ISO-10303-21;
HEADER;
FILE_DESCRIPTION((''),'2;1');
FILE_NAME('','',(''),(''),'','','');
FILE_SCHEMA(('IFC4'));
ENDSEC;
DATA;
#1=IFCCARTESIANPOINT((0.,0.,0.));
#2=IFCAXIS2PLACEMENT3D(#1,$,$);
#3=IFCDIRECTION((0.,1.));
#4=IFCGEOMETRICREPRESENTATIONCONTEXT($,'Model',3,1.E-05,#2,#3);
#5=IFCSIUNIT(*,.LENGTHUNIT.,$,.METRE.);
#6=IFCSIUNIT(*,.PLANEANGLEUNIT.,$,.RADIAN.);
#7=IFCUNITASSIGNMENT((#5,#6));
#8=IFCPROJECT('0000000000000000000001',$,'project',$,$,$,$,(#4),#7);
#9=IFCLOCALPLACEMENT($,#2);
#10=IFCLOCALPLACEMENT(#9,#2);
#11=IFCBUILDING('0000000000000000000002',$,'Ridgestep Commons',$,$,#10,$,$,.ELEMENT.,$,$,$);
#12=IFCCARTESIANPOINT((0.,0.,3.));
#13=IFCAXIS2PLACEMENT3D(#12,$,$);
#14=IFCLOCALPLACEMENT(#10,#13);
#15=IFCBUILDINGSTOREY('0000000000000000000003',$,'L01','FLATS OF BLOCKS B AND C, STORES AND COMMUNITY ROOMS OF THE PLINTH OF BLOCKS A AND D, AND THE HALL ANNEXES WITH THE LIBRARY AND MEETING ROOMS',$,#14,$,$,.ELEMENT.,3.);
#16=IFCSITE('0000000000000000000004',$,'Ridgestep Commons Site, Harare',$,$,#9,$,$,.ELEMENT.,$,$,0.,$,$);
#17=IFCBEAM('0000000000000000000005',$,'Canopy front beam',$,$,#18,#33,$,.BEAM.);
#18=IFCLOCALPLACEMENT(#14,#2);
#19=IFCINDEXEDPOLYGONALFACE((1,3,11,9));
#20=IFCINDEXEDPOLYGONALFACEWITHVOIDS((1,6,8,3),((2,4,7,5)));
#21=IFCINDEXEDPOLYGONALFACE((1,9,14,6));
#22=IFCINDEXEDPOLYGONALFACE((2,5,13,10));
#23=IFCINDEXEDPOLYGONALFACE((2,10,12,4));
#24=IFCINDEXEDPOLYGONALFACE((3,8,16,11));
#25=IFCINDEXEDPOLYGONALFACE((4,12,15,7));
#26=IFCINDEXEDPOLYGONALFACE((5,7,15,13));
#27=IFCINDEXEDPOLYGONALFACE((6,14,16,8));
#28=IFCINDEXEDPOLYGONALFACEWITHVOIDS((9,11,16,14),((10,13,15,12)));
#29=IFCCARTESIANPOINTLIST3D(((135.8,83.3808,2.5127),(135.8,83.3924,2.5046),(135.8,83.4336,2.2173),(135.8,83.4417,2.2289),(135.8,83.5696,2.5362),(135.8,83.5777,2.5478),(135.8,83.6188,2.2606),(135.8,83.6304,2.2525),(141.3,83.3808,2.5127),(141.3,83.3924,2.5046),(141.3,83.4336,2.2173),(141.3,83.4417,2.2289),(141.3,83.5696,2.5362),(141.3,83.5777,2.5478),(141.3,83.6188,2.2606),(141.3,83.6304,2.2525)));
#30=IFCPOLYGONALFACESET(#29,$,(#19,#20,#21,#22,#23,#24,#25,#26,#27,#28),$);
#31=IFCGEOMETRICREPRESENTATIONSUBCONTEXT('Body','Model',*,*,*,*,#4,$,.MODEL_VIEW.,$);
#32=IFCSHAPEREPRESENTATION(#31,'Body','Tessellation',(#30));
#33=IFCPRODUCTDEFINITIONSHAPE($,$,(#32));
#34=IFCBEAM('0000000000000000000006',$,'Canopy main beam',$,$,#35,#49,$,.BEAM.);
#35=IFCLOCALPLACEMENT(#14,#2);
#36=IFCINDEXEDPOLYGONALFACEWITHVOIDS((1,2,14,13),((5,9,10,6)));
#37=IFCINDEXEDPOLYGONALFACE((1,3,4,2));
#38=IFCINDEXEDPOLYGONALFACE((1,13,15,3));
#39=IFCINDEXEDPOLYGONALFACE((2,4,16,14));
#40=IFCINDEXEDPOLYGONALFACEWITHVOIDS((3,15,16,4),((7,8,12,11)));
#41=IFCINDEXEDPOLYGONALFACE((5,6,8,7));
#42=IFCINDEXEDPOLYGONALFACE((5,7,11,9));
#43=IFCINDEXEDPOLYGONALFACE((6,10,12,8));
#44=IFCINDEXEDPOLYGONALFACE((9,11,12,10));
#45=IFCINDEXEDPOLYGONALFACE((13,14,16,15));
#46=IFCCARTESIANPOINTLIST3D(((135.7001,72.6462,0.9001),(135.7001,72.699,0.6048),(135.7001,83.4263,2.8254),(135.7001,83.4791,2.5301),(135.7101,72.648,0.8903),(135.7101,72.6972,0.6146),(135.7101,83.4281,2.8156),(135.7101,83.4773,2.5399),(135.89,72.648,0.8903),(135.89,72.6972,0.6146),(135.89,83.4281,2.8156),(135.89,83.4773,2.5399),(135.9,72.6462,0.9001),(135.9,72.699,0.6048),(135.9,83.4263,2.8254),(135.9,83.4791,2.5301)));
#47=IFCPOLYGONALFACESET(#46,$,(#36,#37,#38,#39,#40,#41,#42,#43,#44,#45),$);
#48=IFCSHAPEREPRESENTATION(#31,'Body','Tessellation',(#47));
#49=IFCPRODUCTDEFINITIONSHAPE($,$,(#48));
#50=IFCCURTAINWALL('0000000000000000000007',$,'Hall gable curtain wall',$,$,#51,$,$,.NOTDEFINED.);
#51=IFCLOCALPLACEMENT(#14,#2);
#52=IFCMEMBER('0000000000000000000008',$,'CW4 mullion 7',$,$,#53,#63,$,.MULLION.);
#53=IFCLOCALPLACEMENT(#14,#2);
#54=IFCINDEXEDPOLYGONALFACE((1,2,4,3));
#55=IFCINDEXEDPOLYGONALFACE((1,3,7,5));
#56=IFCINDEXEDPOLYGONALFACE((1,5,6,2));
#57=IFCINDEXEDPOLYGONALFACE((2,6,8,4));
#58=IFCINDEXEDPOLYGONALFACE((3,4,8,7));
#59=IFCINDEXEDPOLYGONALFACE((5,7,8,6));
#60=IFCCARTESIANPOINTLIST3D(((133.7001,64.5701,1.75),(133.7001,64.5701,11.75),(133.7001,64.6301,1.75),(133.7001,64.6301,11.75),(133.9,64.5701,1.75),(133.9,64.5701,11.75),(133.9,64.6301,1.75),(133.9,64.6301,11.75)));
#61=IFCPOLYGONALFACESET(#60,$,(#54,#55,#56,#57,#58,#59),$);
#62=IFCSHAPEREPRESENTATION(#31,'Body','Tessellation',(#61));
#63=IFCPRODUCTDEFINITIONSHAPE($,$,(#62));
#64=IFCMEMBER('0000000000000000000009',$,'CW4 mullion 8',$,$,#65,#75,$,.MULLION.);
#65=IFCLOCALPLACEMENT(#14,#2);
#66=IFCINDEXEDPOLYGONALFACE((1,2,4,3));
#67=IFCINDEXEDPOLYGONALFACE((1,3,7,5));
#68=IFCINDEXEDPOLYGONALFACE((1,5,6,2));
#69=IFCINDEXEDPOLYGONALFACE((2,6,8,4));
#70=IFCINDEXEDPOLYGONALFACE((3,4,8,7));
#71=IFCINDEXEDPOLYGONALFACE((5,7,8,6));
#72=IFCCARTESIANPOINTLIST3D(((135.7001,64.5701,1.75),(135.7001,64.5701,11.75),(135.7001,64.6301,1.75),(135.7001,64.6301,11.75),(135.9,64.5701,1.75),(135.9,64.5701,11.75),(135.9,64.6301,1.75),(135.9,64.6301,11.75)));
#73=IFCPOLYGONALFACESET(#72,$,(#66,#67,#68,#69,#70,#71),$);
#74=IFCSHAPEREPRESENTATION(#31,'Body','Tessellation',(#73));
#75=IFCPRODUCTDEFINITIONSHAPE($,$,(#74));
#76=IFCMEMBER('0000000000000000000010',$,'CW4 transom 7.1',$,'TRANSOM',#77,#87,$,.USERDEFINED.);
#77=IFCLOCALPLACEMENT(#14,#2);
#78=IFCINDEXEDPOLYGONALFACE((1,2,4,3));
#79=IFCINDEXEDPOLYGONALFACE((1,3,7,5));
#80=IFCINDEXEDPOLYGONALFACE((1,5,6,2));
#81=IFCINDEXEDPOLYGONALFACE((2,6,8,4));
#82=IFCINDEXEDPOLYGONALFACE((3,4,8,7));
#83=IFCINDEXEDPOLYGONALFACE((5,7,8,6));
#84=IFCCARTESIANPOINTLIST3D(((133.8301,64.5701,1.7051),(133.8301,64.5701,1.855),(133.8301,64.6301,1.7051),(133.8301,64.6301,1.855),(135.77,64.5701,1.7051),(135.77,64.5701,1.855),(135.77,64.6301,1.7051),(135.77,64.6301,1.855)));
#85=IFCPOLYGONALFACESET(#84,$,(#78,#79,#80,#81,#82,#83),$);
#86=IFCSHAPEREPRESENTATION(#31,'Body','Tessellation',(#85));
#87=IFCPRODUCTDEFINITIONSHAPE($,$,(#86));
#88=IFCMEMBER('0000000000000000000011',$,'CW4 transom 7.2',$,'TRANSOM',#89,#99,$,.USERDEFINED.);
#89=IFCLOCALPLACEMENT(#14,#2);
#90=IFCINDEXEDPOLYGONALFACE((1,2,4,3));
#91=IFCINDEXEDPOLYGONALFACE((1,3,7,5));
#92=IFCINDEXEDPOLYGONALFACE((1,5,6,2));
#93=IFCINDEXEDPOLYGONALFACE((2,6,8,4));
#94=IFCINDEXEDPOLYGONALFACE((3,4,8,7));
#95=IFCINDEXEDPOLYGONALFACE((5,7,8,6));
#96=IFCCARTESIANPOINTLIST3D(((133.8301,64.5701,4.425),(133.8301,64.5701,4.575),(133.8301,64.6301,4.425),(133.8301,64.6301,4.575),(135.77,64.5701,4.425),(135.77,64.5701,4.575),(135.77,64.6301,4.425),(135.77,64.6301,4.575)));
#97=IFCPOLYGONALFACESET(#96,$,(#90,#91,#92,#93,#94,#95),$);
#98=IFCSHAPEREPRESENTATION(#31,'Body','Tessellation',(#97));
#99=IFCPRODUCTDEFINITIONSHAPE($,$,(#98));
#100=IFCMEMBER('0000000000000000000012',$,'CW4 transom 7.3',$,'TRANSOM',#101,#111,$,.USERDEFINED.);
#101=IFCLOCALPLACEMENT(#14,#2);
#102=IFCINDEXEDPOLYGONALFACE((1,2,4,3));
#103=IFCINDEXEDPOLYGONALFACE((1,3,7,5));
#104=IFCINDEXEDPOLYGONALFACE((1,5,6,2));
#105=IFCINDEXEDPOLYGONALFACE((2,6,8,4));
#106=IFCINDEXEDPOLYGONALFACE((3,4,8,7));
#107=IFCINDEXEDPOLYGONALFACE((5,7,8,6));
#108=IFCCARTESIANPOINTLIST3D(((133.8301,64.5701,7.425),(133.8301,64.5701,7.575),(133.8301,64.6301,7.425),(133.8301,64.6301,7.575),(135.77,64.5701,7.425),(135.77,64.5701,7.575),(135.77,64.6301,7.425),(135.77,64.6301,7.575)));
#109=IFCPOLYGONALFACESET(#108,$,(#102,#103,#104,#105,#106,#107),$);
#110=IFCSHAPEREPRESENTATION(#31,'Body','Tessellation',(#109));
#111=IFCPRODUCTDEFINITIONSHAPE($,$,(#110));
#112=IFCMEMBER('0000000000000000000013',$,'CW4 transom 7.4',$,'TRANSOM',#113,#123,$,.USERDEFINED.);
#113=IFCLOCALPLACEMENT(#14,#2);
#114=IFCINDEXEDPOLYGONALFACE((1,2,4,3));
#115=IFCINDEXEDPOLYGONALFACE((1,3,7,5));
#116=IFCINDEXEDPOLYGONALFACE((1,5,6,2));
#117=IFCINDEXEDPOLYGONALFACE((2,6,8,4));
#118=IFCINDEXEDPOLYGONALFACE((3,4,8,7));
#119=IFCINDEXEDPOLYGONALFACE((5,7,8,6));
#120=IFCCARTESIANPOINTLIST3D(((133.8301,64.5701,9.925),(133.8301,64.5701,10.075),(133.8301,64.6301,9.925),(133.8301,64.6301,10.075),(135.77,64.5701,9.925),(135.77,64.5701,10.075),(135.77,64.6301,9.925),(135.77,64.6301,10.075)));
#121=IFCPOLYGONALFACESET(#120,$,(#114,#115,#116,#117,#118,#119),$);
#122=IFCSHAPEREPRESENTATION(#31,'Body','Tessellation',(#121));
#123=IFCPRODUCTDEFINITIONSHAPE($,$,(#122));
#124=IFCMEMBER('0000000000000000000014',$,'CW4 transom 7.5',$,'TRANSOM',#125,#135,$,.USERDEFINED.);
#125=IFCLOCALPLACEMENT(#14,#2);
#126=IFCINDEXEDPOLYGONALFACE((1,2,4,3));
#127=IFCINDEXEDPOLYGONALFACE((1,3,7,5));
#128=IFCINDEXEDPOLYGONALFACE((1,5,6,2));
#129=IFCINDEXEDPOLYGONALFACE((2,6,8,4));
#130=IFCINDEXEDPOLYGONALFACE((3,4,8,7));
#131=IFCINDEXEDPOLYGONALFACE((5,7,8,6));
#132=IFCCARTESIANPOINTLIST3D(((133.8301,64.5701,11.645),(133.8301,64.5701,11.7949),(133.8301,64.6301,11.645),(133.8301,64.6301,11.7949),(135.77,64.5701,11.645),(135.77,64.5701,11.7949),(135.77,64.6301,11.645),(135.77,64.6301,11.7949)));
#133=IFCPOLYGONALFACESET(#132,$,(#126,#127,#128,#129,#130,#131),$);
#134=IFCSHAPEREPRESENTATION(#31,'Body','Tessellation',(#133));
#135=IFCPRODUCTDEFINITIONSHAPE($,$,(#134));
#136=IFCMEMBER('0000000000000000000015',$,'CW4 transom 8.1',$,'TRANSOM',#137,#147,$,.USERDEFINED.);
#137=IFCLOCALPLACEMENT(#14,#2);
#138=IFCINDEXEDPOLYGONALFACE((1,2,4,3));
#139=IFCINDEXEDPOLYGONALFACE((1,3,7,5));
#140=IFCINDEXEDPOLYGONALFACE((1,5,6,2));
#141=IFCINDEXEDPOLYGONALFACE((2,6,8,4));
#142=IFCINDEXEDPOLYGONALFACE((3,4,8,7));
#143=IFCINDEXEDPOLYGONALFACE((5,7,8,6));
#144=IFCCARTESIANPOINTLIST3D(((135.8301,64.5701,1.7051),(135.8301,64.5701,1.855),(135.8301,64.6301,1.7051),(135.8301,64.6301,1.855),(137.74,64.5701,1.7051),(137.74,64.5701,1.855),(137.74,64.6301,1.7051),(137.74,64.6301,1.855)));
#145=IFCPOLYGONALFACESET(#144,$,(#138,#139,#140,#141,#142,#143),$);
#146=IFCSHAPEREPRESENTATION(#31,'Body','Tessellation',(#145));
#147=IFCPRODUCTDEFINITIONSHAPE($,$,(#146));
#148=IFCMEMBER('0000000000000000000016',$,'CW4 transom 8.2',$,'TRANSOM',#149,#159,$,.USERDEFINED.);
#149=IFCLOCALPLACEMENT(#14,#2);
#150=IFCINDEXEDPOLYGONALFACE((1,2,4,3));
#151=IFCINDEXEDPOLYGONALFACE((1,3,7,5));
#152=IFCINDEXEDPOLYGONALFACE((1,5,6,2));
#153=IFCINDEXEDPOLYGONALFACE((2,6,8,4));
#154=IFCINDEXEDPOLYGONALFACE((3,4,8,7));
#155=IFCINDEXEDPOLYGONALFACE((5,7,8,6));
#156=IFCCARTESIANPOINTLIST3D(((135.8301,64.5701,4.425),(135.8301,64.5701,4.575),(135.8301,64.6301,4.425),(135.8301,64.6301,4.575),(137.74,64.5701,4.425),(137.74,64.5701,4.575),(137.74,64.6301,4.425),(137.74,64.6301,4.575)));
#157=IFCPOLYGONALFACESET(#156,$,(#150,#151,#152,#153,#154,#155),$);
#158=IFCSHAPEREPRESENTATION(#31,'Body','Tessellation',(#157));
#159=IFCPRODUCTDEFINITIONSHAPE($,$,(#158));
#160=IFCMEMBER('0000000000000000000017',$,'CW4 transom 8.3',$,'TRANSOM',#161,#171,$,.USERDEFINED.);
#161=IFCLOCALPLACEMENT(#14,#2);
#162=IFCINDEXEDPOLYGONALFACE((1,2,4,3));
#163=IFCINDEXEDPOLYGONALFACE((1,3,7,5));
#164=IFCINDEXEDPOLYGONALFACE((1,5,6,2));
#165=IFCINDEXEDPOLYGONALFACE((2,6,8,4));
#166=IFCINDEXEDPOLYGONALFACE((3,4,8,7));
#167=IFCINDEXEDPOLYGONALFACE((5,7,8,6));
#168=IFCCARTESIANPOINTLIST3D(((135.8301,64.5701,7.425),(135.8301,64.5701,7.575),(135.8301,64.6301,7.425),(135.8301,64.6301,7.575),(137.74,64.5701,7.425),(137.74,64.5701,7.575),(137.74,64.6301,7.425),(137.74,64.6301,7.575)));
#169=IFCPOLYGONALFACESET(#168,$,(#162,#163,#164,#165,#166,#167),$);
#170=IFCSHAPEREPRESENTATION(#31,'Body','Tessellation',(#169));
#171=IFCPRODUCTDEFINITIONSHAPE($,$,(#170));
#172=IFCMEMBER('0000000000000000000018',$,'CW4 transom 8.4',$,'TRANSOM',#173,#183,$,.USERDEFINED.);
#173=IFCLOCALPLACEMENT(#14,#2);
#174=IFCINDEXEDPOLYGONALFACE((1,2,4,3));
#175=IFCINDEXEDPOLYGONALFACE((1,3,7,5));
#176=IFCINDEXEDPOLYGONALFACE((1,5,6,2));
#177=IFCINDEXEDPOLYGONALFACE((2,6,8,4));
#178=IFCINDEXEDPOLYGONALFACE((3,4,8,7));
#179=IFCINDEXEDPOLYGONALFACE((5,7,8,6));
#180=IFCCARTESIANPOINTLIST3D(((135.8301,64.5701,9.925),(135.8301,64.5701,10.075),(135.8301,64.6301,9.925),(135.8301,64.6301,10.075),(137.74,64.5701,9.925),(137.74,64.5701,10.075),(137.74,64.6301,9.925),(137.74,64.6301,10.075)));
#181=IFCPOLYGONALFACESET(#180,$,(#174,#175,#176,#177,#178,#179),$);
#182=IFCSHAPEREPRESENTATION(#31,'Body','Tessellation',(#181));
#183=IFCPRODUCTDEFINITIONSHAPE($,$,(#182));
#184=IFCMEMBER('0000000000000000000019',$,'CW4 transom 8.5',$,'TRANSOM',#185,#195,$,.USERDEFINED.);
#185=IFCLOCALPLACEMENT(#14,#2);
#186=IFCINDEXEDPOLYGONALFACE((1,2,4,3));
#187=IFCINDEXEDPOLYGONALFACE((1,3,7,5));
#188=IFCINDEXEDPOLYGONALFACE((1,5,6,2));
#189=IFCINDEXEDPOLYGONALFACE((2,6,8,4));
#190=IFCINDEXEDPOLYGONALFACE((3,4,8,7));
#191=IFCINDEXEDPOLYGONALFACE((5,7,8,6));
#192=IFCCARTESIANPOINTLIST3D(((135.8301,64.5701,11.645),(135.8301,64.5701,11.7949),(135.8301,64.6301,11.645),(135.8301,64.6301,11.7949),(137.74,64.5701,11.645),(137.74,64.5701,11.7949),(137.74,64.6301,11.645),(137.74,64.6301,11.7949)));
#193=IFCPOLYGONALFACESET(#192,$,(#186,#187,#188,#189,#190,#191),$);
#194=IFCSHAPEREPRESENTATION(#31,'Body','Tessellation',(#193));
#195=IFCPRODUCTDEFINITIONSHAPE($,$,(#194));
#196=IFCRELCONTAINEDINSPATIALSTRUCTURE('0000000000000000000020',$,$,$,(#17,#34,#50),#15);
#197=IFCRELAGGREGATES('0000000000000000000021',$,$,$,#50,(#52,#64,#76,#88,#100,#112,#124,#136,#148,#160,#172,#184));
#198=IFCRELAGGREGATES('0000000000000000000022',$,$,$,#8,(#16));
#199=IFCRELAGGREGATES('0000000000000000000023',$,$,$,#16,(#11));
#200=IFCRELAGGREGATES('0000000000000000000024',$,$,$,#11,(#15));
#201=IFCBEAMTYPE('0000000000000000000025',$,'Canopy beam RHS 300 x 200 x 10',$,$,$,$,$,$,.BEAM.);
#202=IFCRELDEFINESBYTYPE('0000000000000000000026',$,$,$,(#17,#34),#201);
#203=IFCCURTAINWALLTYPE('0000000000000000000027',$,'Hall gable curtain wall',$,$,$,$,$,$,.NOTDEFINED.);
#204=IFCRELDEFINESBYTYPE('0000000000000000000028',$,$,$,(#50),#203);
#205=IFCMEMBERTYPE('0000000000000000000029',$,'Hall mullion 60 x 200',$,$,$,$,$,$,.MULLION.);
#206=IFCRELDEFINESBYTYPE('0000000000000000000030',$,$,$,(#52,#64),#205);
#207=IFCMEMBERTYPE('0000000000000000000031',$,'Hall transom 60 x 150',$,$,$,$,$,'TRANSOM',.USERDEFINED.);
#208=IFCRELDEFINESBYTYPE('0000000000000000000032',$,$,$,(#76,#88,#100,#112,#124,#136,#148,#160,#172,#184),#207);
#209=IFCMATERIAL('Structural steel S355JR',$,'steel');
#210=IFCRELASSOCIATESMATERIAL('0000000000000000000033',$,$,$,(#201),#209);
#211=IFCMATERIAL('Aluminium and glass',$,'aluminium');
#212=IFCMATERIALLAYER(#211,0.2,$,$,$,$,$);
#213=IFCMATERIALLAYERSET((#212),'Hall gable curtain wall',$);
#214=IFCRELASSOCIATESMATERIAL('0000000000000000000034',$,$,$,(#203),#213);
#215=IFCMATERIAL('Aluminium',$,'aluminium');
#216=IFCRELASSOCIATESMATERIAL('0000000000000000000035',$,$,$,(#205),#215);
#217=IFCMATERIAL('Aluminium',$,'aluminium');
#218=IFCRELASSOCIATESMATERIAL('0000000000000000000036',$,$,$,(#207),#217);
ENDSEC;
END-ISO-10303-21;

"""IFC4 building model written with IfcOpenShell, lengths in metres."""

from ifc_helpers import new_model, si_unit, direction, frame, origin, origin_2d, place, context, subcontext, project, spatial, rectangle, hollow_rectangle, extrude, material, layer, layer_set, material_profile, profile_set, type_object, element, aggregate, save


model = new_model("IFC4")

# Units and contexts
model_context = context("Model", 3, precision=1e-05, world=origin(), true_north=direction((0.0, 1.0)))
body_context = subcontext(model_context, "Body", "Model", "MODEL_VIEW")
ifc_project = project(units=[si_unit("LENGTHUNIT", "METRE"), si_unit("PLANEANGLEUNIT", "RADIAN")], contexts=[model_context])

# Site, building, storey
site_placement = place(None, origin())
site = spatial("IfcSite", under=ifc_project, at=site_placement, Name="Ridgestep Commons Site, Harare", CompositionType="ELEMENT", RefElevation=0.0)
building_placement = place(site_placement, origin())
building = spatial("IfcBuilding", under=site, at=building_placement, Name="Ridgestep Commons", CompositionType="ELEMENT")
storey_placement = place(building_placement, frame((0.0, 0.0, 3.0)))
storey = spatial("IfcBuildingStorey", under=building, at=storey_placement, Name="L01", Description="FLATS OF BLOCKS B AND C, STORES AND COMMUNITY ROOMS OF THE PLINTH OF BLOCKS A AND D, AND THE HALL ANNEXES WITH THE LIBRARY AND MEETING ROOMS", CompositionType="ELEMENT", Elevation=3.0)

# Beams
ifc_material_1 = material(Name="Structural steel S355JR", Category="steel")
ifc_material_profile_1 = material_profile(ifc_material_1, hollow_rectangle(XDim=0.2, YDim=0.3, WallThickness=0.01, at=origin_2d()), Name="RHS 300x200x10")
ifc_profile_set_1 = profile_set([ifc_material_profile_1], Name="Structural steel S355JR")
beam_type = type_object("IfcBeamType", Name="Canopy beam RHS 300 x 200 x 10", PredefinedType="BEAM", material=ifc_profile_set_1)
beam_1_placement = place(storey_placement, frame((135.8, 83.5056, 2.3826), z_axis=(1.0, 0.0, 0.0), x_axis=(0.0, 0.984423, 0.175818)))
element("IfcBeam", 1, at=beam_1_placement, inside=storey, type_object=beam_type, Name="Canopy front beam", PredefinedType="BEAM", context=body_context, shape_type="SweptSolid", body=[
    extrude(hollow_rectangle(XDim=0.2, YDim=0.3, WallThickness=0.01, at=origin_2d()), origin(), (0.0, 0.0, 1.0), 5.5),
])
beam_2_placement = place(storey_placement, frame((135.8, 72.6726, 0.7524), z_axis=(0.0, 0.984423, 0.175816), x_axis=(-1.0, 0.0, 0.0)))
element("IfcBeam", 2, at=beam_2_placement, inside=storey, type_object=beam_type, Name="Canopy main beam", PredefinedType="BEAM", context=body_context, shape_type="SweptSolid", body=[
    extrude(hollow_rectangle(XDim=0.2, YDim=0.3, WallThickness=0.01, at=origin_2d()), origin(), (0.0, 0.0, 1.0), 10.9507),
])

# Curtain wall, members
ifc_material_2 = material(Name="Aluminium and glass", Category="aluminium")
ifc_layer_1 = layer(ifc_material_2, 0.2)
ifc_layer_set_1 = layer_set([ifc_layer_1], Name="Hall gable curtain wall")
curtain_wall_type = type_object("IfcCurtainWallType", Name="Hall gable curtain wall", PredefinedType="NOTDEFINED", material=ifc_layer_set_1)
curtain_wall_placement = place(storey_placement, origin())
curtain_wall = element("IfcCurtainWall", 3, at=curtain_wall_placement, inside=storey, type_object=curtain_wall_type, Name="Hall gable curtain wall", PredefinedType="NOTDEFINED")
ifc_material_3 = material(Name="Aluminium", Category="aluminium")
ifc_material_profile_2 = material_profile(ifc_material_3, rectangle(XDim=0.0601, YDim=0.2, at=origin_2d()), Name="Hall mullion 60 x 200")
ifc_profile_set_2 = profile_set([ifc_material_profile_2], Name="Aluminium")
member_type_1 = type_object("IfcMemberType", Name="Hall mullion 60 x 200", PredefinedType="MULLION", material=ifc_profile_set_2)
member_1_placement = place(storey_placement, frame((133.8, 64.6001, 1.75), z_axis=(0.0, 0.0, 1.0), x_axis=(0.0, 1.0, 0.0)))
member_1 = element("IfcMember", 4, at=member_1_placement, type_object=member_type_1, Name="CW4 mullion 7", PredefinedType="MULLION", context=body_context, shape_type="SweptSolid", body=[
    extrude(rectangle(XDim=0.0601, YDim=0.2, at=origin_2d()), origin(), (0.0, 0.0, 1.0), 10.0),
])
member_2_placement = place(storey_placement, frame((135.8, 64.6001, 1.75), z_axis=(0.0, 0.0, 1.0), x_axis=(0.0, 1.0, 0.0)))
member_2 = element("IfcMember", 5, at=member_2_placement, type_object=member_type_1, Name="CW4 mullion 8", PredefinedType="MULLION", context=body_context, shape_type="SweptSolid", body=[
    extrude(rectangle(XDim=0.0601, YDim=0.2, at=origin_2d()), origin(), (0.0, 0.0, 1.0), 10.0),
])
ifc_material_4 = material(Name="Aluminium", Category="aluminium")
ifc_material_profile_3 = material_profile(ifc_material_4, rectangle(XDim=0.0601, YDim=0.1499, at=origin_2d()), Name="Hall transom 60 x 150")
ifc_profile_set_3 = profile_set([ifc_material_profile_3], Name="Aluminium")
member_type_2 = type_object("IfcMemberType", Name="Hall transom 60 x 150", ElementType="TRANSOM", PredefinedType="USERDEFINED", material=ifc_profile_set_3)
member_3_placement = place(storey_placement, frame((133.8301, 64.6001, 1.78), z_axis=(1.0, 0.0, 0.0), x_axis=(0.0, 1.0, 0.0)))
member_3 = element("IfcMember", 6, at=member_3_placement, type_object=member_type_2, Name="CW4 transom 7.1", ObjectType="TRANSOM", PredefinedType="USERDEFINED", context=body_context, shape_type="SweptSolid", body=[
    extrude(rectangle(XDim=0.0601, YDim=0.1499, at=origin_2d()), origin(), (0.0, 0.0, 1.0), 1.9399),
])
member_4_placement = place(storey_placement, frame((133.8301, 64.6001, 4.5), z_axis=(1.0, 0.0, 0.0), x_axis=(0.0, 1.0, 0.0)))
member_4 = element("IfcMember", 7, at=member_4_placement, type_object=member_type_2, Name="CW4 transom 7.2", ObjectType="TRANSOM", PredefinedType="USERDEFINED", context=body_context, shape_type="SweptSolid", body=[
    extrude(rectangle(XDim=0.0601, YDim=0.1499, at=origin_2d()), origin(), (0.0, 0.0, 1.0), 1.9399),
])
member_5_placement = place(storey_placement, frame((133.8301, 64.6001, 7.5), z_axis=(1.0, 0.0, 0.0), x_axis=(0.0, 1.0, 0.0)))
member_5 = element("IfcMember", 8, at=member_5_placement, type_object=member_type_2, Name="CW4 transom 7.3", ObjectType="TRANSOM", PredefinedType="USERDEFINED", context=body_context, shape_type="SweptSolid", body=[
    extrude(rectangle(XDim=0.0601, YDim=0.1499, at=origin_2d()), origin(), (0.0, 0.0, 1.0), 1.9399),
])
member_6_placement = place(storey_placement, frame((133.8301, 64.6001, 10.0), z_axis=(1.0, 0.0, 0.0), x_axis=(0.0, 1.0, 0.0)))
member_6 = element("IfcMember", 9, at=member_6_placement, type_object=member_type_2, Name="CW4 transom 7.4", ObjectType="TRANSOM", PredefinedType="USERDEFINED", context=body_context, shape_type="SweptSolid", body=[
    extrude(rectangle(XDim=0.0601, YDim=0.1499, at=origin_2d()), origin(), (0.0, 0.0, 1.0), 1.9399),
])
member_7_placement = place(storey_placement, frame((133.8301, 64.6001, 11.72), z_axis=(1.0, 0.0, 0.0), x_axis=(0.0, 1.0, 0.0)))
member_7 = element("IfcMember", 10, at=member_7_placement, type_object=member_type_2, Name="CW4 transom 7.5", ObjectType="TRANSOM", PredefinedType="USERDEFINED", context=body_context, shape_type="SweptSolid", body=[
    extrude(rectangle(XDim=0.0601, YDim=0.1499, at=origin_2d()), origin(), (0.0, 0.0, 1.0), 1.9399),
])
member_8_placement = place(storey_placement, frame((135.8301, 64.6001, 1.78), z_axis=(1.0, 0.0, 0.0), x_axis=(0.0, 1.0, 0.0)))
member_8 = element("IfcMember", 11, at=member_8_placement, type_object=member_type_2, Name="CW4 transom 8.1", ObjectType="TRANSOM", PredefinedType="USERDEFINED", context=body_context, shape_type="SweptSolid", body=[
    extrude(rectangle(XDim=0.0601, YDim=0.1499, at=origin_2d()), origin(), (0.0, 0.0, 1.0), 1.9099),
])
member_9_placement = place(storey_placement, frame((135.8301, 64.6001, 4.5), z_axis=(1.0, 0.0, 0.0), x_axis=(0.0, 1.0, 0.0)))
member_9 = element("IfcMember", 12, at=member_9_placement, type_object=member_type_2, Name="CW4 transom 8.2", ObjectType="TRANSOM", PredefinedType="USERDEFINED", context=body_context, shape_type="SweptSolid", body=[
    extrude(rectangle(XDim=0.0601, YDim=0.1499, at=origin_2d()), origin(), (0.0, 0.0, 1.0), 1.9099),
])
member_10_placement = place(storey_placement, frame((135.8301, 64.6001, 7.5), z_axis=(1.0, 0.0, 0.0), x_axis=(0.0, 1.0, 0.0)))
member_10 = element("IfcMember", 13, at=member_10_placement, type_object=member_type_2, Name="CW4 transom 8.3", ObjectType="TRANSOM", PredefinedType="USERDEFINED", context=body_context, shape_type="SweptSolid", body=[
    extrude(rectangle(XDim=0.0601, YDim=0.1499, at=origin_2d()), origin(), (0.0, 0.0, 1.0), 1.9099),
])
member_11_placement = place(storey_placement, frame((135.8301, 64.6001, 10.0), z_axis=(1.0, 0.0, 0.0), x_axis=(0.0, 1.0, 0.0)))
member_11 = element("IfcMember", 14, at=member_11_placement, type_object=member_type_2, Name="CW4 transom 8.4", ObjectType="TRANSOM", PredefinedType="USERDEFINED", context=body_context, shape_type="SweptSolid", body=[
    extrude(rectangle(XDim=0.0601, YDim=0.1499, at=origin_2d()), origin(), (0.0, 0.0, 1.0), 1.9099),
])
member_12_placement = place(storey_placement, frame((135.8301, 64.6001, 11.72), z_axis=(1.0, 0.0, 0.0), x_axis=(0.0, 1.0, 0.0)))
member_12 = element("IfcMember", 15, at=member_12_placement, type_object=member_type_2, Name="CW4 transom 8.5", ObjectType="TRANSOM", PredefinedType="USERDEFINED", context=body_context, shape_type="SweptSolid", body=[
    extrude(rectangle(XDim=0.0601, YDim=0.1499, at=origin_2d()), origin(), (0.0, 0.0, 1.0), 1.9099),
])
aggregate(curtain_wall, [member_1, member_2, member_3, member_4, member_5, member_6, member_7, member_8, member_9, member_10, member_11, member_12])

save(model, "model.ifc")
